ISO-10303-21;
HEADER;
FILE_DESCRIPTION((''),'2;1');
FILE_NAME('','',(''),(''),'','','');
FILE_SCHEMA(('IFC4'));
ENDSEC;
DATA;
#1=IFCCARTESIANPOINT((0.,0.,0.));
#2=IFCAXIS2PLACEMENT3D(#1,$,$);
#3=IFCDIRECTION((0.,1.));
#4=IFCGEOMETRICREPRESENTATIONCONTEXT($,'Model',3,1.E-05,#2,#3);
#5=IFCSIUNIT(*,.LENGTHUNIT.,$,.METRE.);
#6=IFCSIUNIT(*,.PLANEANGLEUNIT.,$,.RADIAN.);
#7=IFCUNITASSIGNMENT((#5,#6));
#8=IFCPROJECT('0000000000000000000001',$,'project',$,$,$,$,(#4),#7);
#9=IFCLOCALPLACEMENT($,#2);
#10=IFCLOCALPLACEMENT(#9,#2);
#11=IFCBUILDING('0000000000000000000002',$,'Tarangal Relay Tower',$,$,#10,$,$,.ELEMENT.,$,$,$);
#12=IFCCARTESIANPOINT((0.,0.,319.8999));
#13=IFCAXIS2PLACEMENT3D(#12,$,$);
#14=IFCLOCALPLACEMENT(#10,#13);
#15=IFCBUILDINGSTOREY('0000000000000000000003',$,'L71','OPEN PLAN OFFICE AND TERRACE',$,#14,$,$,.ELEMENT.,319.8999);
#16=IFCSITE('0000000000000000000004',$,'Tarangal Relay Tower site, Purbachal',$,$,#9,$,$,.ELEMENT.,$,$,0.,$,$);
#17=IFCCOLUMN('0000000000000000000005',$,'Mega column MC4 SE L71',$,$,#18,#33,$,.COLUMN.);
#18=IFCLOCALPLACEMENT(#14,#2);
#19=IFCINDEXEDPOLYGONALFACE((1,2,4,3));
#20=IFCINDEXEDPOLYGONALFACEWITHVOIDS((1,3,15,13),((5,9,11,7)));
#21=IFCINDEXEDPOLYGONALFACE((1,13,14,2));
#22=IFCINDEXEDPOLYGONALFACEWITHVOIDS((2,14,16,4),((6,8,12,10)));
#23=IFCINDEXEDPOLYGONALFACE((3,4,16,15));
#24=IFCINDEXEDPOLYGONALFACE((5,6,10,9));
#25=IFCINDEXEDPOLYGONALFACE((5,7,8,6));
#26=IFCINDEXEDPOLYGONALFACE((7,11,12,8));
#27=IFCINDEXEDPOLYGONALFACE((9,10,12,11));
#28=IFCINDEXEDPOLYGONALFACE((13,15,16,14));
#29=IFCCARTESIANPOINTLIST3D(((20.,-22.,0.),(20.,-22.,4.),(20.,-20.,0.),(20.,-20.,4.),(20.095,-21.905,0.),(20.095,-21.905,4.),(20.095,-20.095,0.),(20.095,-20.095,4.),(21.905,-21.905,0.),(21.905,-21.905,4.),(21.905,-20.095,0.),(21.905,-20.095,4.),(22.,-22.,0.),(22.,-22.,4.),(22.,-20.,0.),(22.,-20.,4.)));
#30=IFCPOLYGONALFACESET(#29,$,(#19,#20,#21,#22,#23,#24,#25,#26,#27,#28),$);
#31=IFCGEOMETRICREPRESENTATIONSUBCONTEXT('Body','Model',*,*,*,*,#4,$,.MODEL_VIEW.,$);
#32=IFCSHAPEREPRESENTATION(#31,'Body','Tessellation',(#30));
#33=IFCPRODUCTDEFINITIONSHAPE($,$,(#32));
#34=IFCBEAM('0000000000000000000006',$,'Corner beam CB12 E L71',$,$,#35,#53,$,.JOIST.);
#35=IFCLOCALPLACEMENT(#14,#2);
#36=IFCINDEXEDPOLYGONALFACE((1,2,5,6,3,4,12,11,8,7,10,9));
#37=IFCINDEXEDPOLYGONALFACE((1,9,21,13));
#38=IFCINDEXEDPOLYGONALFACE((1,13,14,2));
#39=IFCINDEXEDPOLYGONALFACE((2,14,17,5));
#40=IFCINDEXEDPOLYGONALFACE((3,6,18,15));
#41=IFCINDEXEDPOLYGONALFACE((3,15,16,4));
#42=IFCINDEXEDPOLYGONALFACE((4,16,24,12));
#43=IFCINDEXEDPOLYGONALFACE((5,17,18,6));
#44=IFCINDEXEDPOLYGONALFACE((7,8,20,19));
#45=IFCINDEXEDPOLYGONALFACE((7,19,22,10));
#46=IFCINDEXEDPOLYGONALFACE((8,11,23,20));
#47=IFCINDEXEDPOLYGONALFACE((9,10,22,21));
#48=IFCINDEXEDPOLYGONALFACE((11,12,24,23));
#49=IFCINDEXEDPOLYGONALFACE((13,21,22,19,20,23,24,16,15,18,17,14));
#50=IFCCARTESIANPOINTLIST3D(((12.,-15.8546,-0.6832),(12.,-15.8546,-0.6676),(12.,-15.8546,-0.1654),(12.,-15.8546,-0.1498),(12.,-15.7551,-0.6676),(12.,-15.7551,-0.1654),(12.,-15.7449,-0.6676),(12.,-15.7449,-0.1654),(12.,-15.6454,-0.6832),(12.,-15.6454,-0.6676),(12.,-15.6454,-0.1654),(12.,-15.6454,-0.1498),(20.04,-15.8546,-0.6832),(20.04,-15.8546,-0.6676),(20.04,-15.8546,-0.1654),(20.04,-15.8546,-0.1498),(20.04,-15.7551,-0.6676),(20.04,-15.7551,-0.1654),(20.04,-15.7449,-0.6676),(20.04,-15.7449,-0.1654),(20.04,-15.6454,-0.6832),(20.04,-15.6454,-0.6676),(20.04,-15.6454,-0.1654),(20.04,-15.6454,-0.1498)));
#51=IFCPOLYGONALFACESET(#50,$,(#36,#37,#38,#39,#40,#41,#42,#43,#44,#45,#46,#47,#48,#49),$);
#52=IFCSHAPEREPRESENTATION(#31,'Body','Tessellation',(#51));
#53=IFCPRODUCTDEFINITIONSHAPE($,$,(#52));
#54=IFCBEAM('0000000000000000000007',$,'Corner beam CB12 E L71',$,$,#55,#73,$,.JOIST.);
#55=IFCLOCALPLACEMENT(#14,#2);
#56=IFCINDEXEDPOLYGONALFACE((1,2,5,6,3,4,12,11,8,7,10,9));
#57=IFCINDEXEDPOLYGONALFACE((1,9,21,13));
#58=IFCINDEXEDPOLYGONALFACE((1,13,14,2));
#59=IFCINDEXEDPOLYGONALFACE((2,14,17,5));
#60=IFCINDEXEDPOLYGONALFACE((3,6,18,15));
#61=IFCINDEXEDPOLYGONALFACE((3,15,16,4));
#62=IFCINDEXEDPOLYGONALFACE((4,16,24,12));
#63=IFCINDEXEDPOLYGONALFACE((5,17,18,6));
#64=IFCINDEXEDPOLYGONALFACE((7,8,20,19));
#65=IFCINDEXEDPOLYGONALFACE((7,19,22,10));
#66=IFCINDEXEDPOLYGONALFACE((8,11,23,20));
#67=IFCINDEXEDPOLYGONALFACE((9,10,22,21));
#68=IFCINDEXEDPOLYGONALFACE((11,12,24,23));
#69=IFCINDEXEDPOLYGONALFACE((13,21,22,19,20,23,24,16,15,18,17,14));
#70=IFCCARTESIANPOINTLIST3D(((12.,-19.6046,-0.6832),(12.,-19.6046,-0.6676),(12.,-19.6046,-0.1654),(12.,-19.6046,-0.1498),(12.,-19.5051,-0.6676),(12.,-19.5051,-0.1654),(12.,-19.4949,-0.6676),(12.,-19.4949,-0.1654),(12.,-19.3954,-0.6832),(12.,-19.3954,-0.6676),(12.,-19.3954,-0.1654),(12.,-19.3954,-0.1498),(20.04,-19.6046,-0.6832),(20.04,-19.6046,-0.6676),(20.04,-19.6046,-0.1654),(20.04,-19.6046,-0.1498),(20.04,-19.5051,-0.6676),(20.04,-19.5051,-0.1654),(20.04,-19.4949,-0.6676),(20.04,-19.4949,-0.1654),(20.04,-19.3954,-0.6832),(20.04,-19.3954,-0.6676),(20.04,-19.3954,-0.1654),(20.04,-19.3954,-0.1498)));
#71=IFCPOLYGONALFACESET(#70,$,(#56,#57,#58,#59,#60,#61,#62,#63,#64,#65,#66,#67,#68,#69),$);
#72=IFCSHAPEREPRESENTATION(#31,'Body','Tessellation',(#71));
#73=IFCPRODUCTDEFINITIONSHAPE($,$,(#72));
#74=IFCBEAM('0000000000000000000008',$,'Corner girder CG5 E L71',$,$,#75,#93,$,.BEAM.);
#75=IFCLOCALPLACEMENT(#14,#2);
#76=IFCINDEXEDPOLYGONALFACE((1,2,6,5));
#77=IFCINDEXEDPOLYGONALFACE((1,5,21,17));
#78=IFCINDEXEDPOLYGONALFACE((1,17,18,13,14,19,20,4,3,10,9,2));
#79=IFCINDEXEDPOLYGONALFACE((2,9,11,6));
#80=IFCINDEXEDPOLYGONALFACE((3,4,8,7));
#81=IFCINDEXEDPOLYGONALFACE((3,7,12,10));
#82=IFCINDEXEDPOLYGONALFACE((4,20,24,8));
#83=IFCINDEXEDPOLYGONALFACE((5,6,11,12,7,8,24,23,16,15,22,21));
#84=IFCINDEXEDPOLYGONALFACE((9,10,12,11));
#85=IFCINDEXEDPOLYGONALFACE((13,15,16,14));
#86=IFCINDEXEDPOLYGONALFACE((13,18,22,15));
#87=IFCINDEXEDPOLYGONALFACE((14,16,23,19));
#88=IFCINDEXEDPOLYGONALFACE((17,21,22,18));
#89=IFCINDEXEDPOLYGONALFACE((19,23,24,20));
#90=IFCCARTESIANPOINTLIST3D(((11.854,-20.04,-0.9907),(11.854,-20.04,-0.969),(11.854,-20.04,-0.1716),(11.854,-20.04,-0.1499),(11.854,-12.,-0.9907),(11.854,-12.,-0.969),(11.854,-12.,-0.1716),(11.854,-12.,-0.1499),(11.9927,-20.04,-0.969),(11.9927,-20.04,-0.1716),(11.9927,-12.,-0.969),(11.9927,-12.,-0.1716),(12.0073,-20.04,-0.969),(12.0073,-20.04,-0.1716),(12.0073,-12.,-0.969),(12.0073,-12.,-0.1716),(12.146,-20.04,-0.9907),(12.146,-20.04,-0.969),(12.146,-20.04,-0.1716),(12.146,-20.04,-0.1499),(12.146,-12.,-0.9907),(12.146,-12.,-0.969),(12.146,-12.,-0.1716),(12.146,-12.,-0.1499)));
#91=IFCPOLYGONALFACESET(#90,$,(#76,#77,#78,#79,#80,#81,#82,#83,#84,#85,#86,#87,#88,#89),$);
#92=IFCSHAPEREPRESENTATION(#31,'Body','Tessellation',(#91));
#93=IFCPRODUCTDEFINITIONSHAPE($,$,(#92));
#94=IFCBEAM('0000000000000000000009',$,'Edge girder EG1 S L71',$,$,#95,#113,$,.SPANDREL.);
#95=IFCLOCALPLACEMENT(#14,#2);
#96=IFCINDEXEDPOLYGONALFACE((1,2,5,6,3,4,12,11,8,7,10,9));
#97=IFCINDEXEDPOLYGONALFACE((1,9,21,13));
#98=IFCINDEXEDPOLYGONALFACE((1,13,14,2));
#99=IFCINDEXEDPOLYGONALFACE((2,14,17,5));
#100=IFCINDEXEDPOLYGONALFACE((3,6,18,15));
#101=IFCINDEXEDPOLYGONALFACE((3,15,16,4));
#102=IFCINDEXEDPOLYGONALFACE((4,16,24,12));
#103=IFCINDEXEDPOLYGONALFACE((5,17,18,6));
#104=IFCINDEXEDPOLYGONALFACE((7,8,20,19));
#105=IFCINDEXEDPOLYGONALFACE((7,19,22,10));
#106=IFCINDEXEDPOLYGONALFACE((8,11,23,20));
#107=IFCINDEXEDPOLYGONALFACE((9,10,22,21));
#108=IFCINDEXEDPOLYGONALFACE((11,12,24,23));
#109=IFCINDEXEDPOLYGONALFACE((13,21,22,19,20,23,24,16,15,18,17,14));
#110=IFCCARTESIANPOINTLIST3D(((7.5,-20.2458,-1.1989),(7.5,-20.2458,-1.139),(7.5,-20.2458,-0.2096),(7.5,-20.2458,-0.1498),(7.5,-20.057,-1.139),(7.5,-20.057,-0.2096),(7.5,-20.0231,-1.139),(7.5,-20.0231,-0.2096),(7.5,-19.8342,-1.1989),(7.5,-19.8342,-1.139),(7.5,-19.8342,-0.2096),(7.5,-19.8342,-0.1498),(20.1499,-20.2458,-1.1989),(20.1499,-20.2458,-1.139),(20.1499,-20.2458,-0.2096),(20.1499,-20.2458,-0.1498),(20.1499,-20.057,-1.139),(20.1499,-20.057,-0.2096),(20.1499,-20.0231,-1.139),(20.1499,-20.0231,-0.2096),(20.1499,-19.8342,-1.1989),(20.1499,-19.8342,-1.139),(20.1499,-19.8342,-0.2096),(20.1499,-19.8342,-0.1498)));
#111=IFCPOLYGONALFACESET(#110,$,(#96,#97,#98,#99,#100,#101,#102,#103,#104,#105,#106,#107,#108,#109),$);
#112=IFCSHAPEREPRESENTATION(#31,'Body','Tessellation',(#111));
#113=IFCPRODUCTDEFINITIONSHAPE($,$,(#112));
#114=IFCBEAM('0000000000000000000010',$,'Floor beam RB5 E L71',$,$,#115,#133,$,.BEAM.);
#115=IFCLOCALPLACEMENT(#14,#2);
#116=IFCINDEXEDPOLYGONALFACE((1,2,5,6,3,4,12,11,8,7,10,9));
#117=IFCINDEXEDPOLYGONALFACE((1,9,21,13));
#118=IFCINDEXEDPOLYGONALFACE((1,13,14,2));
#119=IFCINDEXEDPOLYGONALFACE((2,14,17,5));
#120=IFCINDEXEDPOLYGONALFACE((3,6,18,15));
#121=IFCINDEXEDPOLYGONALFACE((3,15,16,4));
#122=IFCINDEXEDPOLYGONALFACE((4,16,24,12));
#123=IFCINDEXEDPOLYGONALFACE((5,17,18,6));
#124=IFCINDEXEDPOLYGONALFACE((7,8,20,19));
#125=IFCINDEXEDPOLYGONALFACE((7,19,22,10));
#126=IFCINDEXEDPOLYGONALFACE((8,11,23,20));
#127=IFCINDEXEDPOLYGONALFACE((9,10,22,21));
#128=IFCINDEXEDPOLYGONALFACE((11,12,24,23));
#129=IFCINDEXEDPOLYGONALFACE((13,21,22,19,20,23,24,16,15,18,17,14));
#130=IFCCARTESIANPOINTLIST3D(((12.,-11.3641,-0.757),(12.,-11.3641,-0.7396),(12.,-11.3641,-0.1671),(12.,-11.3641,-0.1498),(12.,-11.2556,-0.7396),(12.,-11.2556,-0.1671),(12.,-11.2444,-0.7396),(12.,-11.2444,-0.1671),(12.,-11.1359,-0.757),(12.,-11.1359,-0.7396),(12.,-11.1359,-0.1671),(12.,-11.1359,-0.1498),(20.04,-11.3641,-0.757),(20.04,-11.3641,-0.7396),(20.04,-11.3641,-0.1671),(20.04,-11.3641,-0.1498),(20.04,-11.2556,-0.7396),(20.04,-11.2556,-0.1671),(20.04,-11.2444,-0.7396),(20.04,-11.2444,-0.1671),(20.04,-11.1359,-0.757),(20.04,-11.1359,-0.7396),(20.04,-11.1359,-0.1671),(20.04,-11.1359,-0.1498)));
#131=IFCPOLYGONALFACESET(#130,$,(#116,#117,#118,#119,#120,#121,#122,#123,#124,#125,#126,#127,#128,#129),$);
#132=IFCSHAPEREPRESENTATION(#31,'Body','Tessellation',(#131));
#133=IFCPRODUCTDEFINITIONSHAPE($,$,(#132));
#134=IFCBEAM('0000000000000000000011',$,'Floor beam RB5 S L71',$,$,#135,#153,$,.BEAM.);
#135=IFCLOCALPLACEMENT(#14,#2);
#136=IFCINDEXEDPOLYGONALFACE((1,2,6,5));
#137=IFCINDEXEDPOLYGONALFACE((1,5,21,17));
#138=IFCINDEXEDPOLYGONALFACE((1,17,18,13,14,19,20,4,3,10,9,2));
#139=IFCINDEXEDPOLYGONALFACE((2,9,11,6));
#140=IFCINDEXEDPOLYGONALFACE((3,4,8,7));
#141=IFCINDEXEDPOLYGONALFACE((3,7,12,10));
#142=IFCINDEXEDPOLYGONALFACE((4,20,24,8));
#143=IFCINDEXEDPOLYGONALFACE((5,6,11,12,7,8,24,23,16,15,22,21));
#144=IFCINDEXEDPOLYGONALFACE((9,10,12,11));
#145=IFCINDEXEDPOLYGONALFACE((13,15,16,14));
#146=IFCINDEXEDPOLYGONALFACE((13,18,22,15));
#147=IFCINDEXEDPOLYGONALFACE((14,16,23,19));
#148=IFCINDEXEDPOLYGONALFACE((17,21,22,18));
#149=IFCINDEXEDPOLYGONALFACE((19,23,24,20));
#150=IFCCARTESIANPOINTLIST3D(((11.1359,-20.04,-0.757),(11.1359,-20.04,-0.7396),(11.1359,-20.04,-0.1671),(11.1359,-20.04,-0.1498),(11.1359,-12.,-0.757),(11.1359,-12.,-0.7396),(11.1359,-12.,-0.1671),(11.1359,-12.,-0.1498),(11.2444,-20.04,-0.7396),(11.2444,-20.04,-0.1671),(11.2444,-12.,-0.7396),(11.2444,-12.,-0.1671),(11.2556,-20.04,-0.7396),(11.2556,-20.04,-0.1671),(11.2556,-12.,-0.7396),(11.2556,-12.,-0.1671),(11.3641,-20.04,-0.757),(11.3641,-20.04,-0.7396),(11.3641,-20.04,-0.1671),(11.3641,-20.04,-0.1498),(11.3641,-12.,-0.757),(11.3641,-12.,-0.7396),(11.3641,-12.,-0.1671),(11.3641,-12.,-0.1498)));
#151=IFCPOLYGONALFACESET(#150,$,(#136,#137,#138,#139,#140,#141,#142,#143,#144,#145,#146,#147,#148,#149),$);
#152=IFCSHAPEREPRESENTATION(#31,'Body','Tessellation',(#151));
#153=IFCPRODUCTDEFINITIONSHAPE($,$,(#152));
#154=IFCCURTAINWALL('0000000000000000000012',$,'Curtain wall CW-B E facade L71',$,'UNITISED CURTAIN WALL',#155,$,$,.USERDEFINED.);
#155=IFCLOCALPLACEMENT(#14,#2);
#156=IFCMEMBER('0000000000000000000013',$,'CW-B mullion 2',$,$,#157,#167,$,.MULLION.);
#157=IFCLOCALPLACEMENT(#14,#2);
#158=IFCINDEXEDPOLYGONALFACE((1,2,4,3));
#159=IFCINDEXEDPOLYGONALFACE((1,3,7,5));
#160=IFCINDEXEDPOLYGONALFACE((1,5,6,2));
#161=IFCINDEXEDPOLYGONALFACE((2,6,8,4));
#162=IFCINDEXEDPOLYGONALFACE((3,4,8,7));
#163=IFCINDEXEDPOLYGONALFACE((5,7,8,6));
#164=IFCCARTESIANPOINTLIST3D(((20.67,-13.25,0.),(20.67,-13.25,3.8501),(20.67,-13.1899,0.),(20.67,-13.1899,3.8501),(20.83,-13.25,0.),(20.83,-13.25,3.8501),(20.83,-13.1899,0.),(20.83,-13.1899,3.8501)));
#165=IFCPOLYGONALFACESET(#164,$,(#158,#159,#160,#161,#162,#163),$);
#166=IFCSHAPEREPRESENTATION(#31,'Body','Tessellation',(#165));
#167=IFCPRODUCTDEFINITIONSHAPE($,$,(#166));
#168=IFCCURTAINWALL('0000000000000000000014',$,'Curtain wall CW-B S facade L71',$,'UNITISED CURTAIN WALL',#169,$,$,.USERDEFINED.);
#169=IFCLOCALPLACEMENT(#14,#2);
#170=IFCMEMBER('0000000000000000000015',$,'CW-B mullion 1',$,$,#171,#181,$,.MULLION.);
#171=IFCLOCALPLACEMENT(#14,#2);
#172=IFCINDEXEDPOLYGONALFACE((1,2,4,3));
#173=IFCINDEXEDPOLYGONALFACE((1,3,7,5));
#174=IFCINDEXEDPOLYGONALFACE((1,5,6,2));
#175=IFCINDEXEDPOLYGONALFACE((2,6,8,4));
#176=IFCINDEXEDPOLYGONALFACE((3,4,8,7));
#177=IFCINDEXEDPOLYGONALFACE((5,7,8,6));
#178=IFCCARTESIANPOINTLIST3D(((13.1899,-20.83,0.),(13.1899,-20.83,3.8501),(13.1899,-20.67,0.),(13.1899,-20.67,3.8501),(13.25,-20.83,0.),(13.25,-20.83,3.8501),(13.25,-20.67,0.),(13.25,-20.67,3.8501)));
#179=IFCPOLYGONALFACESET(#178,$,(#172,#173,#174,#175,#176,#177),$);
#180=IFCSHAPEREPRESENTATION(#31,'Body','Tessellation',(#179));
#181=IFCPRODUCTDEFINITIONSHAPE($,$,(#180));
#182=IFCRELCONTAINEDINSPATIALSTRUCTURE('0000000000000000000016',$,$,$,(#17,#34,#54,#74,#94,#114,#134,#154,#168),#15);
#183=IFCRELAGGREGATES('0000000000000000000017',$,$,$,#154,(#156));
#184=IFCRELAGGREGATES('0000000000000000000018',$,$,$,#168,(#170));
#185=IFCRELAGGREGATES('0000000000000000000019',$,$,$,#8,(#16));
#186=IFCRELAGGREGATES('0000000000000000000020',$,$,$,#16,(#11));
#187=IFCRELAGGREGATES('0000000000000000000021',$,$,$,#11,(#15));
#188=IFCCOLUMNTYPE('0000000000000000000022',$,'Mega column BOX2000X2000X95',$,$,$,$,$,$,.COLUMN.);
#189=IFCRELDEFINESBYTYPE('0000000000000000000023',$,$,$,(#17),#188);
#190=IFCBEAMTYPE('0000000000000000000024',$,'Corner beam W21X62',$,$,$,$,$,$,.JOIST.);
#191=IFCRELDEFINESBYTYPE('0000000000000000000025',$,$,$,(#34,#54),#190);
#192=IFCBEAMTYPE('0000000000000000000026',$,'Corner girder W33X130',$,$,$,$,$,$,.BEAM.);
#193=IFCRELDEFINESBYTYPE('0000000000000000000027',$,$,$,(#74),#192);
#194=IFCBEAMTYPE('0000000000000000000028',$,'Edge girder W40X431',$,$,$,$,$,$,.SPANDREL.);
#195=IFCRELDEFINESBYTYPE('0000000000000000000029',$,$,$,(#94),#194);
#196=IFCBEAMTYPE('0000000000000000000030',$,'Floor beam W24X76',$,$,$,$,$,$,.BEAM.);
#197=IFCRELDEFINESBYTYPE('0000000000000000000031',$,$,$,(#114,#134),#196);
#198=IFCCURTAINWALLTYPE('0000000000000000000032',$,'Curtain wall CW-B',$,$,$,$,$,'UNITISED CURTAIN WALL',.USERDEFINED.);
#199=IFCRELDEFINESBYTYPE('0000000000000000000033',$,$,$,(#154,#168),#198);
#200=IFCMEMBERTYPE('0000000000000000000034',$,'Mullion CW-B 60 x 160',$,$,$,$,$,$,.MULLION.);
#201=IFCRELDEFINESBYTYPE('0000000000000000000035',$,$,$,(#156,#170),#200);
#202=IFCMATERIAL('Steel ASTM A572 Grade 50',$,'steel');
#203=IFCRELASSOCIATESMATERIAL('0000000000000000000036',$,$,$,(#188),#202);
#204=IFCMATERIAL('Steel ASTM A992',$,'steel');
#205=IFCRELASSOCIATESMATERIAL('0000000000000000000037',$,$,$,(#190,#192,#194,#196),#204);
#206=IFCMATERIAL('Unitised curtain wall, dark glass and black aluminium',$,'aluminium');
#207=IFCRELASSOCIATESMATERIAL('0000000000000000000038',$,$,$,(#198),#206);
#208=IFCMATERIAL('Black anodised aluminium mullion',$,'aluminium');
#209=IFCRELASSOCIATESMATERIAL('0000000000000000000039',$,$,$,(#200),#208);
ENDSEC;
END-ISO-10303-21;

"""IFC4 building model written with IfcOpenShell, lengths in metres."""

from ifc_helpers import new_model, si_unit, direction, frame, origin, origin_2d, place, context, subcontext, project, spatial, rectangle, hollow_rectangle, i_section, extrude, material, material_profile, profile_set, type_object, element, aggregate, save


model = new_model("IFC4")

# Units and contexts
model_context = context("Model", 3, precision=1e-05, world=origin(), true_north=direction((0.0, 1.0)))
body_context = subcontext(model_context, "Body", "Model", "MODEL_VIEW")
ifc_project = project(units=[si_unit("LENGTHUNIT", "METRE"), si_unit("PLANEANGLEUNIT", "RADIAN")], contexts=[model_context])

# Site, building, storey
site_placement = place(None, origin())
site = spatial("IfcSite", under=ifc_project, at=site_placement, Name="Tarangal Relay Tower site, Purbachal", CompositionType="ELEMENT", RefElevation=0.0)
building_placement = place(site_placement, origin())
building = spatial("IfcBuilding", under=site, at=building_placement, Name="Tarangal Relay Tower", CompositionType="ELEMENT")
storey_placement = place(building_placement, frame((0.0, 0.0, 319.8999)))
storey = spatial("IfcBuildingStorey", under=building, at=storey_placement, Name="L71", Description="OPEN PLAN OFFICE AND TERRACE", CompositionType="ELEMENT", Elevation=319.8999)

# Column
ifc_material_1 = material(Name="Steel ASTM A572 Grade 50", Category="steel")
ifc_material_profile_1 = material_profile(ifc_material_1, hollow_rectangle(XDim=2.0, YDim=2.0, WallThickness=0.095, at=origin_2d()), Name="BOX2000X2000X95")
ifc_profile_set_1 = profile_set([ifc_material_profile_1], Name="Steel ASTM A572 Grade 50")
column_type = type_object("IfcColumnType", Name="Mega column BOX2000X2000X95", PredefinedType="COLUMN", material=ifc_profile_set_1)
column_placement = place(storey_placement, frame((21.0, -21.0, 0.0), z_axis=(0.0, 0.0, 1.0), x_axis=(1.0, 0.0, 0.0)))
element("IfcColumn", 1, at=column_placement, inside=storey, type_object=column_type, Name="Mega column MC4 SE L71", PredefinedType="COLUMN", context=body_context, shape_type="SweptSolid", body=[
    extrude(hollow_rectangle(XDim=2.0, YDim=2.0, WallThickness=0.095, at=origin_2d()), origin(), (0.0, 0.0, 1.0), 4.0),
])

# Beams
ifc_material_2 = material(Name="Steel ASTM A992", Category="steel")
ifc_material_profile_2 = material_profile(ifc_material_2, i_section(OverallWidth=0.2092, OverallDepth=0.5334, WebThickness=0.0103, FlangeThickness=0.0156, at=origin_2d()), Name="W21X62")
ifc_profile_set_2 = profile_set([ifc_material_profile_2], Name="Steel ASTM A992")
beam_type_1 = type_object("IfcBeamType", Name="Corner beam W21X62", PredefinedType="JOIST", material=ifc_profile_set_2)
for number, where, z_axis, x_axis, name in (
    (2, (12.0, -15.75, -0.4165), (1.0, 0.0, 0.0), (0.0, 1.0, 0.0), "Corner beam CB12 E L71"),
    (3, (12.0, -19.5, -0.4165), (1.0, 0.0, 0.0), (0.0, 1.0, 0.0), "Corner beam CB12 E L71"),
):
    element("IfcBeam", number, at=place(storey_placement, frame(where, z_axis=z_axis, x_axis=x_axis)), inside=storey, type_object=beam_type_1, Name=name, PredefinedType="JOIST", context=body_context, shape_type="SweptSolid", body=[
        extrude(i_section(OverallWidth=0.2092, OverallDepth=0.5334, WebThickness=0.0103, FlangeThickness=0.0156, at=origin_2d()), origin(), (0.0, 0.0, 1.0), 8.04),
    ])
ifc_material_profile_3 = material_profile(ifc_material_2, i_section(OverallWidth=0.292, OverallDepth=0.8408, WebThickness=0.0146, FlangeThickness=0.0217, at=origin_2d()), Name="W33X130")
ifc_profile_set_3 = profile_set([ifc_material_profile_3], Name="Steel ASTM A992")
beam_type_2 = type_object("IfcBeamType", Name="Corner girder W33X130", PredefinedType="BEAM", material=ifc_profile_set_3)
beam_1_placement = place(storey_placement, frame((12.0, -12.0, -0.5703), z_axis=(0.0, -1.0, 0.0), x_axis=(1.0, 0.0, 0.0)))
element("IfcBeam", 4, at=beam_1_placement, inside=storey, type_object=beam_type_2, Name="Corner girder CG5 E L71", PredefinedType="BEAM", context=body_context, shape_type="SweptSolid", body=[
    extrude(i_section(OverallWidth=0.292, OverallDepth=0.8408, WebThickness=0.0146, FlangeThickness=0.0217, at=origin_2d()), origin(), (0.0, 0.0, 1.0), 8.04),
])
ifc_material_profile_4 = material_profile(ifc_material_2, i_section(OverallWidth=0.4116, OverallDepth=1.0491, WebThickness=0.0339, FlangeThickness=0.0598, at=origin_2d()), Name="W40X431")
ifc_profile_set_4 = profile_set([ifc_material_profile_4], Name="Steel ASTM A992")
beam_type_3 = type_object("IfcBeamType", Name="Edge girder W40X431", PredefinedType="SPANDREL", material=ifc_profile_set_4)
beam_2_placement = place(storey_placement, frame((20.1499, -20.04, -0.6743), z_axis=(-1.0, 0.0, 0.0), x_axis=(0.0, -1.0, 0.0)))
element("IfcBeam", 5, at=beam_2_placement, inside=storey, type_object=beam_type_3, Name="Edge girder EG1 S L71", PredefinedType="SPANDREL", context=body_context, shape_type="SweptSolid", body=[
    extrude(i_section(OverallWidth=0.4116, OverallDepth=1.0491, WebThickness=0.0339, FlangeThickness=0.0598, at=origin_2d()), origin(), (0.0, 0.0, 1.0), 12.6499),
])
ifc_material_profile_5 = material_profile(ifc_material_2, i_section(OverallWidth=0.2283, OverallDepth=0.6072, WebThickness=0.0112, FlangeThickness=0.0173, at=origin_2d()), Name="W24X76")
ifc_profile_set_5 = profile_set([ifc_material_profile_5], Name="Steel ASTM A992")
beam_type_4 = type_object("IfcBeamType", Name="Floor beam W24X76", PredefinedType="BEAM", material=ifc_profile_set_5)
for number, where, z_axis, x_axis, name in (
    (6, (12.0, -11.25, -0.4534), (1.0, 0.0, 0.0), (0.0, 1.0, 0.0), "Floor beam RB5 E L71"),
    (7, (11.25, -12.0, -0.4534), (0.0, -1.0, 0.0), (1.0, 0.0, 0.0), "Floor beam RB5 S L71"),
):
    element("IfcBeam", number, at=place(storey_placement, frame(where, z_axis=z_axis, x_axis=x_axis)), inside=storey, type_object=beam_type_4, Name=name, PredefinedType="BEAM", context=body_context, shape_type="SweptSolid", body=[
        extrude(i_section(OverallWidth=0.2283, OverallDepth=0.6072, WebThickness=0.0112, FlangeThickness=0.0173, at=origin_2d()), origin(), (0.0, 0.0, 1.0), 8.04),
    ])

# Curtain wall, member
ifc_material_3 = material(Name="Unitised curtain wall, dark glass and black aluminium", Category="aluminium")
curtain_wall_type = type_object("IfcCurtainWallType", Name="Curtain wall CW-B", ElementType="UNITISED CURTAIN WALL", PredefinedType="USERDEFINED", material=ifc_material_3)
curtain_wall_1_placement = place(storey_placement, origin())
curtain_wall_1 = element("IfcCurtainWall", 8, at=curtain_wall_1_placement, inside=storey, type_object=curtain_wall_type, Name="Curtain wall CW-B E facade L71", ObjectType="UNITISED CURTAIN WALL", PredefinedType="USERDEFINED")
ifc_material_4 = material(Name="Black anodised aluminium mullion", Category="aluminium")
ifc_material_profile_6 = material_profile(ifc_material_4, rectangle(XDim=0.1599, YDim=0.0601, at=origin_2d()), Name="CW-BM 60X160")
ifc_profile_set_6 = profile_set([ifc_material_profile_6], Name="Black anodised aluminium mullion")
member_type_1 = type_object("IfcMemberType", Name="Mullion CW-B 60 x 160", PredefinedType="MULLION", material=ifc_profile_set_6)
member_1_placement = place(storey_placement, frame((20.75, -13.22, 0.0), z_axis=(0.0, 0.0, 1.0), x_axis=(1.0, 0.0, 0.0)))
member_1 = element("IfcMember", 9, at=member_1_placement, type_object=member_type_1, Name="CW-B mullion 2", PredefinedType="MULLION", context=body_context, shape_type="SweptSolid", body=[
    extrude(rectangle(XDim=0.1599, YDim=0.0601, at=origin_2d()), origin(), (0.0, 0.0, 1.0), 3.8501),
])

# Curtain wall, member
curtain_wall_2_placement = place(storey_placement, origin())
curtain_wall_2 = element("IfcCurtainWall", 10, at=curtain_wall_2_placement, inside=storey, type_object=curtain_wall_type, Name="Curtain wall CW-B S facade L71", ObjectType="UNITISED CURTAIN WALL", PredefinedType="USERDEFINED")
member_2_placement = place(storey_placement, frame((13.22, -20.75, 0.0), z_axis=(0.0, 0.0, 1.0), x_axis=(0.0, -1.0, 0.0)))
member_2 = element("IfcMember", 11, at=member_2_placement, type_object=member_type_1, Name="CW-B mullion 1", PredefinedType="MULLION", context=body_context, shape_type="SweptSolid", body=[
    extrude(rectangle(XDim=0.1599, YDim=0.0601, at=origin_2d()), origin(), (0.0, 0.0, 1.0), 3.8501),
])

aggregate(curtain_wall_1, [member_1])
aggregate(curtain_wall_2, [member_2])

save(model, "model.ifc")
